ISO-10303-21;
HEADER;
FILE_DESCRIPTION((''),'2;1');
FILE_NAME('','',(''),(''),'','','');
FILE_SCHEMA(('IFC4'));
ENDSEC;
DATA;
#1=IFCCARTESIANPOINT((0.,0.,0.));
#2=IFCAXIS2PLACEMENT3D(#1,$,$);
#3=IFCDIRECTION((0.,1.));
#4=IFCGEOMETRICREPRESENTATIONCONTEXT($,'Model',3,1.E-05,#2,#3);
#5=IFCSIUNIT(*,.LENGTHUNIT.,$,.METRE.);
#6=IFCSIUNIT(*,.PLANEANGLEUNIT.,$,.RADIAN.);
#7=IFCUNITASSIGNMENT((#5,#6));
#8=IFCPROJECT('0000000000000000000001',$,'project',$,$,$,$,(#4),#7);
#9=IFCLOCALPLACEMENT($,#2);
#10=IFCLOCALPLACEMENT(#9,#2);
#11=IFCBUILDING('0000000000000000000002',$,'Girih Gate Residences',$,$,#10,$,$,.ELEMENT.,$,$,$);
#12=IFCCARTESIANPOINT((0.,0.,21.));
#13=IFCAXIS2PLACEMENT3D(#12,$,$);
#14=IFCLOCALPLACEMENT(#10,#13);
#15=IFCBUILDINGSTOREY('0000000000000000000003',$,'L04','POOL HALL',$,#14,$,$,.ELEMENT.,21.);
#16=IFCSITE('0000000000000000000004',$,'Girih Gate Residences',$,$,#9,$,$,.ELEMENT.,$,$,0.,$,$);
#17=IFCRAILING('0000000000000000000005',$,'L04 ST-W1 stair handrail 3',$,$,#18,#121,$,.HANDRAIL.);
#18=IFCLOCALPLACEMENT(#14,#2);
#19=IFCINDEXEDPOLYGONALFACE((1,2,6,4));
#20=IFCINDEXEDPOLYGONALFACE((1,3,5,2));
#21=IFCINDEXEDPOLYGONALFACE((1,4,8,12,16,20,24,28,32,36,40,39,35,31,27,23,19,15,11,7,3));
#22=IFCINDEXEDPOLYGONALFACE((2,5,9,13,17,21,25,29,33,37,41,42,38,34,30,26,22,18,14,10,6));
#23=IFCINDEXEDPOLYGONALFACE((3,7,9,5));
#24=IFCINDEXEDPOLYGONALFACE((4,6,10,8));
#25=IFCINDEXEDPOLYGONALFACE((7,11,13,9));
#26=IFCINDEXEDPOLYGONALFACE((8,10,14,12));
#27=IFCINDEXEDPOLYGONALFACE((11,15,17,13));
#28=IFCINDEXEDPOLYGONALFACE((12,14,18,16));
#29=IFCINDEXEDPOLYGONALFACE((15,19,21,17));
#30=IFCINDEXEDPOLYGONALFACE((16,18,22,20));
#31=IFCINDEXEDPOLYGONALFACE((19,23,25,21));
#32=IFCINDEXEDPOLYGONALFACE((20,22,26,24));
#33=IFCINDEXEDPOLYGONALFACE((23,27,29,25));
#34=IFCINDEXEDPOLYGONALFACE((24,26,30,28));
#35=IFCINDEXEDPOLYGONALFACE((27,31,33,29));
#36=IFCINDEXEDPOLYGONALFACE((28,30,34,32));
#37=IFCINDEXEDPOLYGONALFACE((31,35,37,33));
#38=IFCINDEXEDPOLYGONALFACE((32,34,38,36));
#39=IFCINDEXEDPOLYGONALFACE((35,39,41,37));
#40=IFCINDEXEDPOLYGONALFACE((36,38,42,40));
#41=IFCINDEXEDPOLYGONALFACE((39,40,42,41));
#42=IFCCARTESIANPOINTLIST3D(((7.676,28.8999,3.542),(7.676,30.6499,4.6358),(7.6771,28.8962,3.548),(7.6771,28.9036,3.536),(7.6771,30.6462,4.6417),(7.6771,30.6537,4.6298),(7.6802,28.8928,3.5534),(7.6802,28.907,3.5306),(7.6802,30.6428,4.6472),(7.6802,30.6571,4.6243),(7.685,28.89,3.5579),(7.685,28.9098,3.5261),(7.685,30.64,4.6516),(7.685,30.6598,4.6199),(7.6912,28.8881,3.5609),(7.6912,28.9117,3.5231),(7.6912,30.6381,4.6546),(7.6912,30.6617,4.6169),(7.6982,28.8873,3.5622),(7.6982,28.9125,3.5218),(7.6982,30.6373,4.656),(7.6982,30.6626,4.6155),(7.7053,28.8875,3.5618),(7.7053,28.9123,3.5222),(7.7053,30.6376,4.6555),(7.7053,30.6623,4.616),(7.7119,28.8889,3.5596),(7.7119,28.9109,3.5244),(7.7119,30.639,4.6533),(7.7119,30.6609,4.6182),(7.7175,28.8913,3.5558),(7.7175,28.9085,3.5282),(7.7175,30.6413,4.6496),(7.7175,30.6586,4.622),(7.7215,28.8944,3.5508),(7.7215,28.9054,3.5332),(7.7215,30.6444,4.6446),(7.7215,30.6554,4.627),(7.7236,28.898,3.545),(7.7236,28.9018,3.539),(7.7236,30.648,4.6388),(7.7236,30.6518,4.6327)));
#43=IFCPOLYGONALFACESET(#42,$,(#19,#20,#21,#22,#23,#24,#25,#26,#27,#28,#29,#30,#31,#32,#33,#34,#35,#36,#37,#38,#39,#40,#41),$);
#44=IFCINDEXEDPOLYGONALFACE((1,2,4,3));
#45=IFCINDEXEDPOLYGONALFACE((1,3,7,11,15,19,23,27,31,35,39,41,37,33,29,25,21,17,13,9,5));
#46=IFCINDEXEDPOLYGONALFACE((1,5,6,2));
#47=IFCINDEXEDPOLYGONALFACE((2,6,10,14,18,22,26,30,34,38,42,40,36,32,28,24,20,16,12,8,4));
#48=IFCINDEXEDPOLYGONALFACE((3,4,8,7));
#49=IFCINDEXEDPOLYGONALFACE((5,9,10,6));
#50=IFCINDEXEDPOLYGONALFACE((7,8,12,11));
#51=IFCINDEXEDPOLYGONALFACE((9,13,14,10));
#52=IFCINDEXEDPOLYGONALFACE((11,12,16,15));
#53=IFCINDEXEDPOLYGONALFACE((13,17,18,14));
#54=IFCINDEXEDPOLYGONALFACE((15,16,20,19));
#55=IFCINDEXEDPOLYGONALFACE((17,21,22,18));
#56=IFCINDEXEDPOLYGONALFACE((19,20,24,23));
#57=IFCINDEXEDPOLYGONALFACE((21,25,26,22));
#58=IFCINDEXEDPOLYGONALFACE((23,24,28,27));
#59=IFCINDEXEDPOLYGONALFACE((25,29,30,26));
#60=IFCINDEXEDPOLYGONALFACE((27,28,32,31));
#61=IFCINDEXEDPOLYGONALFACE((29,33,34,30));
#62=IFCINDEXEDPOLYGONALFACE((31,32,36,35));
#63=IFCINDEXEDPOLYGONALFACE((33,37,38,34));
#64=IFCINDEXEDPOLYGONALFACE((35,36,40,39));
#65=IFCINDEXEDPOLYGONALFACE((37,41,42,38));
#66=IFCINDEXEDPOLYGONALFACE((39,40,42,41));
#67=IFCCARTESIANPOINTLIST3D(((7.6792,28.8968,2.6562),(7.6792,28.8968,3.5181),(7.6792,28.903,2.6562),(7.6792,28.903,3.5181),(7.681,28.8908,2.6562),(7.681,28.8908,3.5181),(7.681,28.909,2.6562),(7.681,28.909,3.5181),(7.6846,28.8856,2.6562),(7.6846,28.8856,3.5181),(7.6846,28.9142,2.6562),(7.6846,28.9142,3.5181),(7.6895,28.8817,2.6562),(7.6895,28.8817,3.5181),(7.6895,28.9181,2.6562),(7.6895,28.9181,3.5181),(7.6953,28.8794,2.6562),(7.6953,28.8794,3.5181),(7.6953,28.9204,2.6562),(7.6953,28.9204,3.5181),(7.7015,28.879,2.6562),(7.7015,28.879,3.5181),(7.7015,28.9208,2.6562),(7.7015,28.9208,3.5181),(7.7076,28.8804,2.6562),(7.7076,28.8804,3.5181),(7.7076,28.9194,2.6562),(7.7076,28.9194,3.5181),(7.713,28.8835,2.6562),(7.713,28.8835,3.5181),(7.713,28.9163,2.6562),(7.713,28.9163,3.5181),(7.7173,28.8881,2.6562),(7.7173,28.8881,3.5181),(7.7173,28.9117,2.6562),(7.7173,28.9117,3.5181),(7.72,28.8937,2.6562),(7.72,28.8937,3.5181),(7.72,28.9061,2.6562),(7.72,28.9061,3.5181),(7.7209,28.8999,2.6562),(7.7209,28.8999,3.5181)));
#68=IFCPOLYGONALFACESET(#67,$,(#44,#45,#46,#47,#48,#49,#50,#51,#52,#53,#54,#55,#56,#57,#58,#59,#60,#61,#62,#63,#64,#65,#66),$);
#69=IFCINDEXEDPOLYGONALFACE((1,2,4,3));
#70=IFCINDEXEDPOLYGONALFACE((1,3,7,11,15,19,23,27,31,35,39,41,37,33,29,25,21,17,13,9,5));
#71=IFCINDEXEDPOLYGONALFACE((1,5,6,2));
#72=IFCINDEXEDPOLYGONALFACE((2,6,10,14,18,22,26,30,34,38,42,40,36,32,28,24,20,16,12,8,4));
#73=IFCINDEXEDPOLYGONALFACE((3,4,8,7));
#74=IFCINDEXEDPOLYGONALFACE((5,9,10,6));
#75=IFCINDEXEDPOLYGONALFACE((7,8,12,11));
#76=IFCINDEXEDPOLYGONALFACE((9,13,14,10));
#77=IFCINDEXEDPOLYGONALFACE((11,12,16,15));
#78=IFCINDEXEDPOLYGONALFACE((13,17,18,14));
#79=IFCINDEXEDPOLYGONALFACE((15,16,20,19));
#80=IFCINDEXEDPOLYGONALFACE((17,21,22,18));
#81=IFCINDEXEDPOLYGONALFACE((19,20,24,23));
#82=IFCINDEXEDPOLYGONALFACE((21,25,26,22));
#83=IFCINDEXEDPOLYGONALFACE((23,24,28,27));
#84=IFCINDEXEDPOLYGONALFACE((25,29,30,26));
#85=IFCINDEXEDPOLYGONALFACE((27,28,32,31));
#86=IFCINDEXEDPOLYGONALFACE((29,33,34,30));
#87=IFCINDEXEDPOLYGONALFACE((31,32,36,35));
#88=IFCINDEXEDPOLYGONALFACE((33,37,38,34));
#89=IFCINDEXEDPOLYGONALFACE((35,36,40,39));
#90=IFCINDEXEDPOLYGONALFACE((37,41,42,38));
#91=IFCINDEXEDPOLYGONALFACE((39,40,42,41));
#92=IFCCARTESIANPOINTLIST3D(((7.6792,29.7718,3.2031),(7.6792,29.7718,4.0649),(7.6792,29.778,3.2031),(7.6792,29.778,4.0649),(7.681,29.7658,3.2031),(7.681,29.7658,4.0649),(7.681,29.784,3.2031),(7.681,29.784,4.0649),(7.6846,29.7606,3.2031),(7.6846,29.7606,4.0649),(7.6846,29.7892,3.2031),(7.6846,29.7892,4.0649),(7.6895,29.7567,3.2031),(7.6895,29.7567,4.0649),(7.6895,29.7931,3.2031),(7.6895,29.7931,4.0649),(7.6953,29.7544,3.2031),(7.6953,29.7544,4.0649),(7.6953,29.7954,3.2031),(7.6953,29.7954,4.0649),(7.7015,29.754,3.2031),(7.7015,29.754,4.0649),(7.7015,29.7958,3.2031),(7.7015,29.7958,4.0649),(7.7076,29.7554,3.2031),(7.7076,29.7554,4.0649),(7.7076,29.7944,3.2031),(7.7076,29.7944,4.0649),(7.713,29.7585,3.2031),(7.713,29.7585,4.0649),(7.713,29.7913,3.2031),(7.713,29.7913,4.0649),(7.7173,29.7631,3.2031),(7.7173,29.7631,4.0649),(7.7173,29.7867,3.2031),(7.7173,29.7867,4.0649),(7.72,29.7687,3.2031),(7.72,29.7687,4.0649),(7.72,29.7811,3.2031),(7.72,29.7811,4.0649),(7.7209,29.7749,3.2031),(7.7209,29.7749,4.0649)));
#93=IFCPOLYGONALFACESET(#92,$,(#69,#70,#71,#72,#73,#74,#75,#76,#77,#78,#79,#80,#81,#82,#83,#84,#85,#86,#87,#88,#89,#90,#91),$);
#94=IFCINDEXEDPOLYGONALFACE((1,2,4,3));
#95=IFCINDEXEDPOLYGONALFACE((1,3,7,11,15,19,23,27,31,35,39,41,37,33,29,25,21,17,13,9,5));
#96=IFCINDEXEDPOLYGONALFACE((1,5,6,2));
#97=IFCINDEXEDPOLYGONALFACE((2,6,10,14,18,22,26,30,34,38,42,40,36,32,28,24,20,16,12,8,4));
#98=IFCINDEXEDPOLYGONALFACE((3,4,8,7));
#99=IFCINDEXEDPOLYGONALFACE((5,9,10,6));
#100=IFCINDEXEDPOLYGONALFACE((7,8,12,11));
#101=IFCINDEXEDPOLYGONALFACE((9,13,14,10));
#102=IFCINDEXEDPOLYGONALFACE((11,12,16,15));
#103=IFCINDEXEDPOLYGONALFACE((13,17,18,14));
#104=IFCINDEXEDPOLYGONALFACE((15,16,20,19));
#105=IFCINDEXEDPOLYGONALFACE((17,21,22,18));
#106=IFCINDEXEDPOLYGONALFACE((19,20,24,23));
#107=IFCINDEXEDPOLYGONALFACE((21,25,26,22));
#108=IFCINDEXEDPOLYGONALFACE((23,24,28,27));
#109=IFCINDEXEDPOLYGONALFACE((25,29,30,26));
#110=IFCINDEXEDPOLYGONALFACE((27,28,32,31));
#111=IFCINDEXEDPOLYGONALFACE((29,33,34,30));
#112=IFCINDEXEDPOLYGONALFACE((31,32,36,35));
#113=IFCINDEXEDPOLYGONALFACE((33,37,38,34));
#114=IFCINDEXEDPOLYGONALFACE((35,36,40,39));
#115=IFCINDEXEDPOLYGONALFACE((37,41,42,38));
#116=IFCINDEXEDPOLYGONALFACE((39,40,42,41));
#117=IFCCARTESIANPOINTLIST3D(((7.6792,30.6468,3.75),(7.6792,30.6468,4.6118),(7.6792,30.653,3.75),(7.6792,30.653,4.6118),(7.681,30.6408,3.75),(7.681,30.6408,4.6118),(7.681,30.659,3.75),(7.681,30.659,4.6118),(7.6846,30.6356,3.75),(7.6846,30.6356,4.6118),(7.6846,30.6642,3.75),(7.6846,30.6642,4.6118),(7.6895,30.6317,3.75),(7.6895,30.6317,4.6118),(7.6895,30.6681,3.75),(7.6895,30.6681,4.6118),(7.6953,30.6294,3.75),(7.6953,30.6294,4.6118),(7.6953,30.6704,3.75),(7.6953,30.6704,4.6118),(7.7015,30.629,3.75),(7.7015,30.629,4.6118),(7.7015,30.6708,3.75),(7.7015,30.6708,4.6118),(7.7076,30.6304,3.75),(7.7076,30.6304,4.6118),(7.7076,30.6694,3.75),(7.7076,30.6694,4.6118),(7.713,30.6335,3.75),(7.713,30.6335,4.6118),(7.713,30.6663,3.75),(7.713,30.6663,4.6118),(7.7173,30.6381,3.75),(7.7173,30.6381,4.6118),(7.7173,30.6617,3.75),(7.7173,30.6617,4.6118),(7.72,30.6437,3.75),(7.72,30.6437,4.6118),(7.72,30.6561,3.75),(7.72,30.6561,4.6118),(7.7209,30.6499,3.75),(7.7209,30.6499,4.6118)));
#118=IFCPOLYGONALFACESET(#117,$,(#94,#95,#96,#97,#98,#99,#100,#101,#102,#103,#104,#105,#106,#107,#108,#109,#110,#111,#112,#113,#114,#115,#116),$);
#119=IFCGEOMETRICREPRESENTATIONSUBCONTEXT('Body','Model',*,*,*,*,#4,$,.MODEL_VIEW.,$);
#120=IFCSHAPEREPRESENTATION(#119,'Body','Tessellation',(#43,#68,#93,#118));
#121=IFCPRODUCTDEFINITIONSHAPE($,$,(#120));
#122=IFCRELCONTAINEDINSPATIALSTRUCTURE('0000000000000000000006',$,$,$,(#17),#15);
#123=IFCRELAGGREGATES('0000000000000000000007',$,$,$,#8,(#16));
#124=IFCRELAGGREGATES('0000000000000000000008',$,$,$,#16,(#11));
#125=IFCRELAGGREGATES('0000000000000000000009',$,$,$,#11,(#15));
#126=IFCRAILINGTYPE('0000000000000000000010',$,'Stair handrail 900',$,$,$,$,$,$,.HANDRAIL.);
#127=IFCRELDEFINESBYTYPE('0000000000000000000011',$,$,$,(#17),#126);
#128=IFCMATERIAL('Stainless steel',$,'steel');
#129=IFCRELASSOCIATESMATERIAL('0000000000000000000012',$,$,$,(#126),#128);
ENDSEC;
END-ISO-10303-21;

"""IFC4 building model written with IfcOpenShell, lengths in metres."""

from ifc_helpers import new_model, si_unit, direction, frame, origin, origin_2d, place, context, subcontext, project, spatial, circle, extrude, material, type_object, element, save


model = new_model("IFC4")

# Units and contexts
model_context = context("Model", 3, precision=1e-05, world=origin(), true_north=direction((0.0, 1.0)))
body_context = subcontext(model_context, "Body", "Model", "MODEL_VIEW")
ifc_project = project(units=[si_unit("LENGTHUNIT", "METRE"), si_unit("PLANEANGLEUNIT", "RADIAN")], contexts=[model_context])

# Site, building, storey
site_placement = place(None, origin())
site = spatial("IfcSite", under=ifc_project, at=site_placement, Name="Girih Gate Residences", CompositionType="ELEMENT", RefElevation=0.0)
building_placement = place(site_placement, origin())
building = spatial("IfcBuilding", under=site, at=building_placement, Name="Girih Gate Residences", CompositionType="ELEMENT")
storey_placement = place(building_placement, frame((0.0, 0.0, 21.0)))
storey = spatial("IfcBuildingStorey", under=building, at=storey_placement, Name="L04", Description="POOL HALL", CompositionType="ELEMENT", Elevation=21.0)

# Railing
ifc_material_1 = material(Name="Stainless steel", Category="steel")
railing_type_1 = type_object("IfcRailingType", Name="Stair handrail 900", PredefinedType="HANDRAIL", material=ifc_material_1)
railing_1_placement = place(storey_placement, frame((7.7, 28.8999, 2.6562)))
element("IfcRailing", 1, at=railing_1_placement, inside=storey, type_object=railing_type_1, Name="L04 ST-W1 stair handrail 3", PredefinedType="HANDRAIL", context=body_context, shape_type="SweptSolid", body=[
    extrude(circle(Radius=0.0239, at=origin_2d()), frame((0.0, 0.0, 0.8857), z_axis=(0.0, 0.847998, 0.529999), x_axis=(-1.0, 0.0, 0.0)), (0.0, 0.0, 1.0), 2.0637),
    extrude(circle(Radius=0.021, at=origin_2d()), origin(), (0.0, 0.0, 1.0), 0.8618),
    extrude(circle(Radius=0.021, at=origin_2d()), frame((0.0, 0.875, 0.5469)), (0.0, 0.0, 1.0), 0.8618),
    extrude(circle(Radius=0.021, at=origin_2d()), frame((0.0, 1.75, 1.0938)), (0.0, 0.0, 1.0), 0.8618),
])

save(model, "model.ifc")
